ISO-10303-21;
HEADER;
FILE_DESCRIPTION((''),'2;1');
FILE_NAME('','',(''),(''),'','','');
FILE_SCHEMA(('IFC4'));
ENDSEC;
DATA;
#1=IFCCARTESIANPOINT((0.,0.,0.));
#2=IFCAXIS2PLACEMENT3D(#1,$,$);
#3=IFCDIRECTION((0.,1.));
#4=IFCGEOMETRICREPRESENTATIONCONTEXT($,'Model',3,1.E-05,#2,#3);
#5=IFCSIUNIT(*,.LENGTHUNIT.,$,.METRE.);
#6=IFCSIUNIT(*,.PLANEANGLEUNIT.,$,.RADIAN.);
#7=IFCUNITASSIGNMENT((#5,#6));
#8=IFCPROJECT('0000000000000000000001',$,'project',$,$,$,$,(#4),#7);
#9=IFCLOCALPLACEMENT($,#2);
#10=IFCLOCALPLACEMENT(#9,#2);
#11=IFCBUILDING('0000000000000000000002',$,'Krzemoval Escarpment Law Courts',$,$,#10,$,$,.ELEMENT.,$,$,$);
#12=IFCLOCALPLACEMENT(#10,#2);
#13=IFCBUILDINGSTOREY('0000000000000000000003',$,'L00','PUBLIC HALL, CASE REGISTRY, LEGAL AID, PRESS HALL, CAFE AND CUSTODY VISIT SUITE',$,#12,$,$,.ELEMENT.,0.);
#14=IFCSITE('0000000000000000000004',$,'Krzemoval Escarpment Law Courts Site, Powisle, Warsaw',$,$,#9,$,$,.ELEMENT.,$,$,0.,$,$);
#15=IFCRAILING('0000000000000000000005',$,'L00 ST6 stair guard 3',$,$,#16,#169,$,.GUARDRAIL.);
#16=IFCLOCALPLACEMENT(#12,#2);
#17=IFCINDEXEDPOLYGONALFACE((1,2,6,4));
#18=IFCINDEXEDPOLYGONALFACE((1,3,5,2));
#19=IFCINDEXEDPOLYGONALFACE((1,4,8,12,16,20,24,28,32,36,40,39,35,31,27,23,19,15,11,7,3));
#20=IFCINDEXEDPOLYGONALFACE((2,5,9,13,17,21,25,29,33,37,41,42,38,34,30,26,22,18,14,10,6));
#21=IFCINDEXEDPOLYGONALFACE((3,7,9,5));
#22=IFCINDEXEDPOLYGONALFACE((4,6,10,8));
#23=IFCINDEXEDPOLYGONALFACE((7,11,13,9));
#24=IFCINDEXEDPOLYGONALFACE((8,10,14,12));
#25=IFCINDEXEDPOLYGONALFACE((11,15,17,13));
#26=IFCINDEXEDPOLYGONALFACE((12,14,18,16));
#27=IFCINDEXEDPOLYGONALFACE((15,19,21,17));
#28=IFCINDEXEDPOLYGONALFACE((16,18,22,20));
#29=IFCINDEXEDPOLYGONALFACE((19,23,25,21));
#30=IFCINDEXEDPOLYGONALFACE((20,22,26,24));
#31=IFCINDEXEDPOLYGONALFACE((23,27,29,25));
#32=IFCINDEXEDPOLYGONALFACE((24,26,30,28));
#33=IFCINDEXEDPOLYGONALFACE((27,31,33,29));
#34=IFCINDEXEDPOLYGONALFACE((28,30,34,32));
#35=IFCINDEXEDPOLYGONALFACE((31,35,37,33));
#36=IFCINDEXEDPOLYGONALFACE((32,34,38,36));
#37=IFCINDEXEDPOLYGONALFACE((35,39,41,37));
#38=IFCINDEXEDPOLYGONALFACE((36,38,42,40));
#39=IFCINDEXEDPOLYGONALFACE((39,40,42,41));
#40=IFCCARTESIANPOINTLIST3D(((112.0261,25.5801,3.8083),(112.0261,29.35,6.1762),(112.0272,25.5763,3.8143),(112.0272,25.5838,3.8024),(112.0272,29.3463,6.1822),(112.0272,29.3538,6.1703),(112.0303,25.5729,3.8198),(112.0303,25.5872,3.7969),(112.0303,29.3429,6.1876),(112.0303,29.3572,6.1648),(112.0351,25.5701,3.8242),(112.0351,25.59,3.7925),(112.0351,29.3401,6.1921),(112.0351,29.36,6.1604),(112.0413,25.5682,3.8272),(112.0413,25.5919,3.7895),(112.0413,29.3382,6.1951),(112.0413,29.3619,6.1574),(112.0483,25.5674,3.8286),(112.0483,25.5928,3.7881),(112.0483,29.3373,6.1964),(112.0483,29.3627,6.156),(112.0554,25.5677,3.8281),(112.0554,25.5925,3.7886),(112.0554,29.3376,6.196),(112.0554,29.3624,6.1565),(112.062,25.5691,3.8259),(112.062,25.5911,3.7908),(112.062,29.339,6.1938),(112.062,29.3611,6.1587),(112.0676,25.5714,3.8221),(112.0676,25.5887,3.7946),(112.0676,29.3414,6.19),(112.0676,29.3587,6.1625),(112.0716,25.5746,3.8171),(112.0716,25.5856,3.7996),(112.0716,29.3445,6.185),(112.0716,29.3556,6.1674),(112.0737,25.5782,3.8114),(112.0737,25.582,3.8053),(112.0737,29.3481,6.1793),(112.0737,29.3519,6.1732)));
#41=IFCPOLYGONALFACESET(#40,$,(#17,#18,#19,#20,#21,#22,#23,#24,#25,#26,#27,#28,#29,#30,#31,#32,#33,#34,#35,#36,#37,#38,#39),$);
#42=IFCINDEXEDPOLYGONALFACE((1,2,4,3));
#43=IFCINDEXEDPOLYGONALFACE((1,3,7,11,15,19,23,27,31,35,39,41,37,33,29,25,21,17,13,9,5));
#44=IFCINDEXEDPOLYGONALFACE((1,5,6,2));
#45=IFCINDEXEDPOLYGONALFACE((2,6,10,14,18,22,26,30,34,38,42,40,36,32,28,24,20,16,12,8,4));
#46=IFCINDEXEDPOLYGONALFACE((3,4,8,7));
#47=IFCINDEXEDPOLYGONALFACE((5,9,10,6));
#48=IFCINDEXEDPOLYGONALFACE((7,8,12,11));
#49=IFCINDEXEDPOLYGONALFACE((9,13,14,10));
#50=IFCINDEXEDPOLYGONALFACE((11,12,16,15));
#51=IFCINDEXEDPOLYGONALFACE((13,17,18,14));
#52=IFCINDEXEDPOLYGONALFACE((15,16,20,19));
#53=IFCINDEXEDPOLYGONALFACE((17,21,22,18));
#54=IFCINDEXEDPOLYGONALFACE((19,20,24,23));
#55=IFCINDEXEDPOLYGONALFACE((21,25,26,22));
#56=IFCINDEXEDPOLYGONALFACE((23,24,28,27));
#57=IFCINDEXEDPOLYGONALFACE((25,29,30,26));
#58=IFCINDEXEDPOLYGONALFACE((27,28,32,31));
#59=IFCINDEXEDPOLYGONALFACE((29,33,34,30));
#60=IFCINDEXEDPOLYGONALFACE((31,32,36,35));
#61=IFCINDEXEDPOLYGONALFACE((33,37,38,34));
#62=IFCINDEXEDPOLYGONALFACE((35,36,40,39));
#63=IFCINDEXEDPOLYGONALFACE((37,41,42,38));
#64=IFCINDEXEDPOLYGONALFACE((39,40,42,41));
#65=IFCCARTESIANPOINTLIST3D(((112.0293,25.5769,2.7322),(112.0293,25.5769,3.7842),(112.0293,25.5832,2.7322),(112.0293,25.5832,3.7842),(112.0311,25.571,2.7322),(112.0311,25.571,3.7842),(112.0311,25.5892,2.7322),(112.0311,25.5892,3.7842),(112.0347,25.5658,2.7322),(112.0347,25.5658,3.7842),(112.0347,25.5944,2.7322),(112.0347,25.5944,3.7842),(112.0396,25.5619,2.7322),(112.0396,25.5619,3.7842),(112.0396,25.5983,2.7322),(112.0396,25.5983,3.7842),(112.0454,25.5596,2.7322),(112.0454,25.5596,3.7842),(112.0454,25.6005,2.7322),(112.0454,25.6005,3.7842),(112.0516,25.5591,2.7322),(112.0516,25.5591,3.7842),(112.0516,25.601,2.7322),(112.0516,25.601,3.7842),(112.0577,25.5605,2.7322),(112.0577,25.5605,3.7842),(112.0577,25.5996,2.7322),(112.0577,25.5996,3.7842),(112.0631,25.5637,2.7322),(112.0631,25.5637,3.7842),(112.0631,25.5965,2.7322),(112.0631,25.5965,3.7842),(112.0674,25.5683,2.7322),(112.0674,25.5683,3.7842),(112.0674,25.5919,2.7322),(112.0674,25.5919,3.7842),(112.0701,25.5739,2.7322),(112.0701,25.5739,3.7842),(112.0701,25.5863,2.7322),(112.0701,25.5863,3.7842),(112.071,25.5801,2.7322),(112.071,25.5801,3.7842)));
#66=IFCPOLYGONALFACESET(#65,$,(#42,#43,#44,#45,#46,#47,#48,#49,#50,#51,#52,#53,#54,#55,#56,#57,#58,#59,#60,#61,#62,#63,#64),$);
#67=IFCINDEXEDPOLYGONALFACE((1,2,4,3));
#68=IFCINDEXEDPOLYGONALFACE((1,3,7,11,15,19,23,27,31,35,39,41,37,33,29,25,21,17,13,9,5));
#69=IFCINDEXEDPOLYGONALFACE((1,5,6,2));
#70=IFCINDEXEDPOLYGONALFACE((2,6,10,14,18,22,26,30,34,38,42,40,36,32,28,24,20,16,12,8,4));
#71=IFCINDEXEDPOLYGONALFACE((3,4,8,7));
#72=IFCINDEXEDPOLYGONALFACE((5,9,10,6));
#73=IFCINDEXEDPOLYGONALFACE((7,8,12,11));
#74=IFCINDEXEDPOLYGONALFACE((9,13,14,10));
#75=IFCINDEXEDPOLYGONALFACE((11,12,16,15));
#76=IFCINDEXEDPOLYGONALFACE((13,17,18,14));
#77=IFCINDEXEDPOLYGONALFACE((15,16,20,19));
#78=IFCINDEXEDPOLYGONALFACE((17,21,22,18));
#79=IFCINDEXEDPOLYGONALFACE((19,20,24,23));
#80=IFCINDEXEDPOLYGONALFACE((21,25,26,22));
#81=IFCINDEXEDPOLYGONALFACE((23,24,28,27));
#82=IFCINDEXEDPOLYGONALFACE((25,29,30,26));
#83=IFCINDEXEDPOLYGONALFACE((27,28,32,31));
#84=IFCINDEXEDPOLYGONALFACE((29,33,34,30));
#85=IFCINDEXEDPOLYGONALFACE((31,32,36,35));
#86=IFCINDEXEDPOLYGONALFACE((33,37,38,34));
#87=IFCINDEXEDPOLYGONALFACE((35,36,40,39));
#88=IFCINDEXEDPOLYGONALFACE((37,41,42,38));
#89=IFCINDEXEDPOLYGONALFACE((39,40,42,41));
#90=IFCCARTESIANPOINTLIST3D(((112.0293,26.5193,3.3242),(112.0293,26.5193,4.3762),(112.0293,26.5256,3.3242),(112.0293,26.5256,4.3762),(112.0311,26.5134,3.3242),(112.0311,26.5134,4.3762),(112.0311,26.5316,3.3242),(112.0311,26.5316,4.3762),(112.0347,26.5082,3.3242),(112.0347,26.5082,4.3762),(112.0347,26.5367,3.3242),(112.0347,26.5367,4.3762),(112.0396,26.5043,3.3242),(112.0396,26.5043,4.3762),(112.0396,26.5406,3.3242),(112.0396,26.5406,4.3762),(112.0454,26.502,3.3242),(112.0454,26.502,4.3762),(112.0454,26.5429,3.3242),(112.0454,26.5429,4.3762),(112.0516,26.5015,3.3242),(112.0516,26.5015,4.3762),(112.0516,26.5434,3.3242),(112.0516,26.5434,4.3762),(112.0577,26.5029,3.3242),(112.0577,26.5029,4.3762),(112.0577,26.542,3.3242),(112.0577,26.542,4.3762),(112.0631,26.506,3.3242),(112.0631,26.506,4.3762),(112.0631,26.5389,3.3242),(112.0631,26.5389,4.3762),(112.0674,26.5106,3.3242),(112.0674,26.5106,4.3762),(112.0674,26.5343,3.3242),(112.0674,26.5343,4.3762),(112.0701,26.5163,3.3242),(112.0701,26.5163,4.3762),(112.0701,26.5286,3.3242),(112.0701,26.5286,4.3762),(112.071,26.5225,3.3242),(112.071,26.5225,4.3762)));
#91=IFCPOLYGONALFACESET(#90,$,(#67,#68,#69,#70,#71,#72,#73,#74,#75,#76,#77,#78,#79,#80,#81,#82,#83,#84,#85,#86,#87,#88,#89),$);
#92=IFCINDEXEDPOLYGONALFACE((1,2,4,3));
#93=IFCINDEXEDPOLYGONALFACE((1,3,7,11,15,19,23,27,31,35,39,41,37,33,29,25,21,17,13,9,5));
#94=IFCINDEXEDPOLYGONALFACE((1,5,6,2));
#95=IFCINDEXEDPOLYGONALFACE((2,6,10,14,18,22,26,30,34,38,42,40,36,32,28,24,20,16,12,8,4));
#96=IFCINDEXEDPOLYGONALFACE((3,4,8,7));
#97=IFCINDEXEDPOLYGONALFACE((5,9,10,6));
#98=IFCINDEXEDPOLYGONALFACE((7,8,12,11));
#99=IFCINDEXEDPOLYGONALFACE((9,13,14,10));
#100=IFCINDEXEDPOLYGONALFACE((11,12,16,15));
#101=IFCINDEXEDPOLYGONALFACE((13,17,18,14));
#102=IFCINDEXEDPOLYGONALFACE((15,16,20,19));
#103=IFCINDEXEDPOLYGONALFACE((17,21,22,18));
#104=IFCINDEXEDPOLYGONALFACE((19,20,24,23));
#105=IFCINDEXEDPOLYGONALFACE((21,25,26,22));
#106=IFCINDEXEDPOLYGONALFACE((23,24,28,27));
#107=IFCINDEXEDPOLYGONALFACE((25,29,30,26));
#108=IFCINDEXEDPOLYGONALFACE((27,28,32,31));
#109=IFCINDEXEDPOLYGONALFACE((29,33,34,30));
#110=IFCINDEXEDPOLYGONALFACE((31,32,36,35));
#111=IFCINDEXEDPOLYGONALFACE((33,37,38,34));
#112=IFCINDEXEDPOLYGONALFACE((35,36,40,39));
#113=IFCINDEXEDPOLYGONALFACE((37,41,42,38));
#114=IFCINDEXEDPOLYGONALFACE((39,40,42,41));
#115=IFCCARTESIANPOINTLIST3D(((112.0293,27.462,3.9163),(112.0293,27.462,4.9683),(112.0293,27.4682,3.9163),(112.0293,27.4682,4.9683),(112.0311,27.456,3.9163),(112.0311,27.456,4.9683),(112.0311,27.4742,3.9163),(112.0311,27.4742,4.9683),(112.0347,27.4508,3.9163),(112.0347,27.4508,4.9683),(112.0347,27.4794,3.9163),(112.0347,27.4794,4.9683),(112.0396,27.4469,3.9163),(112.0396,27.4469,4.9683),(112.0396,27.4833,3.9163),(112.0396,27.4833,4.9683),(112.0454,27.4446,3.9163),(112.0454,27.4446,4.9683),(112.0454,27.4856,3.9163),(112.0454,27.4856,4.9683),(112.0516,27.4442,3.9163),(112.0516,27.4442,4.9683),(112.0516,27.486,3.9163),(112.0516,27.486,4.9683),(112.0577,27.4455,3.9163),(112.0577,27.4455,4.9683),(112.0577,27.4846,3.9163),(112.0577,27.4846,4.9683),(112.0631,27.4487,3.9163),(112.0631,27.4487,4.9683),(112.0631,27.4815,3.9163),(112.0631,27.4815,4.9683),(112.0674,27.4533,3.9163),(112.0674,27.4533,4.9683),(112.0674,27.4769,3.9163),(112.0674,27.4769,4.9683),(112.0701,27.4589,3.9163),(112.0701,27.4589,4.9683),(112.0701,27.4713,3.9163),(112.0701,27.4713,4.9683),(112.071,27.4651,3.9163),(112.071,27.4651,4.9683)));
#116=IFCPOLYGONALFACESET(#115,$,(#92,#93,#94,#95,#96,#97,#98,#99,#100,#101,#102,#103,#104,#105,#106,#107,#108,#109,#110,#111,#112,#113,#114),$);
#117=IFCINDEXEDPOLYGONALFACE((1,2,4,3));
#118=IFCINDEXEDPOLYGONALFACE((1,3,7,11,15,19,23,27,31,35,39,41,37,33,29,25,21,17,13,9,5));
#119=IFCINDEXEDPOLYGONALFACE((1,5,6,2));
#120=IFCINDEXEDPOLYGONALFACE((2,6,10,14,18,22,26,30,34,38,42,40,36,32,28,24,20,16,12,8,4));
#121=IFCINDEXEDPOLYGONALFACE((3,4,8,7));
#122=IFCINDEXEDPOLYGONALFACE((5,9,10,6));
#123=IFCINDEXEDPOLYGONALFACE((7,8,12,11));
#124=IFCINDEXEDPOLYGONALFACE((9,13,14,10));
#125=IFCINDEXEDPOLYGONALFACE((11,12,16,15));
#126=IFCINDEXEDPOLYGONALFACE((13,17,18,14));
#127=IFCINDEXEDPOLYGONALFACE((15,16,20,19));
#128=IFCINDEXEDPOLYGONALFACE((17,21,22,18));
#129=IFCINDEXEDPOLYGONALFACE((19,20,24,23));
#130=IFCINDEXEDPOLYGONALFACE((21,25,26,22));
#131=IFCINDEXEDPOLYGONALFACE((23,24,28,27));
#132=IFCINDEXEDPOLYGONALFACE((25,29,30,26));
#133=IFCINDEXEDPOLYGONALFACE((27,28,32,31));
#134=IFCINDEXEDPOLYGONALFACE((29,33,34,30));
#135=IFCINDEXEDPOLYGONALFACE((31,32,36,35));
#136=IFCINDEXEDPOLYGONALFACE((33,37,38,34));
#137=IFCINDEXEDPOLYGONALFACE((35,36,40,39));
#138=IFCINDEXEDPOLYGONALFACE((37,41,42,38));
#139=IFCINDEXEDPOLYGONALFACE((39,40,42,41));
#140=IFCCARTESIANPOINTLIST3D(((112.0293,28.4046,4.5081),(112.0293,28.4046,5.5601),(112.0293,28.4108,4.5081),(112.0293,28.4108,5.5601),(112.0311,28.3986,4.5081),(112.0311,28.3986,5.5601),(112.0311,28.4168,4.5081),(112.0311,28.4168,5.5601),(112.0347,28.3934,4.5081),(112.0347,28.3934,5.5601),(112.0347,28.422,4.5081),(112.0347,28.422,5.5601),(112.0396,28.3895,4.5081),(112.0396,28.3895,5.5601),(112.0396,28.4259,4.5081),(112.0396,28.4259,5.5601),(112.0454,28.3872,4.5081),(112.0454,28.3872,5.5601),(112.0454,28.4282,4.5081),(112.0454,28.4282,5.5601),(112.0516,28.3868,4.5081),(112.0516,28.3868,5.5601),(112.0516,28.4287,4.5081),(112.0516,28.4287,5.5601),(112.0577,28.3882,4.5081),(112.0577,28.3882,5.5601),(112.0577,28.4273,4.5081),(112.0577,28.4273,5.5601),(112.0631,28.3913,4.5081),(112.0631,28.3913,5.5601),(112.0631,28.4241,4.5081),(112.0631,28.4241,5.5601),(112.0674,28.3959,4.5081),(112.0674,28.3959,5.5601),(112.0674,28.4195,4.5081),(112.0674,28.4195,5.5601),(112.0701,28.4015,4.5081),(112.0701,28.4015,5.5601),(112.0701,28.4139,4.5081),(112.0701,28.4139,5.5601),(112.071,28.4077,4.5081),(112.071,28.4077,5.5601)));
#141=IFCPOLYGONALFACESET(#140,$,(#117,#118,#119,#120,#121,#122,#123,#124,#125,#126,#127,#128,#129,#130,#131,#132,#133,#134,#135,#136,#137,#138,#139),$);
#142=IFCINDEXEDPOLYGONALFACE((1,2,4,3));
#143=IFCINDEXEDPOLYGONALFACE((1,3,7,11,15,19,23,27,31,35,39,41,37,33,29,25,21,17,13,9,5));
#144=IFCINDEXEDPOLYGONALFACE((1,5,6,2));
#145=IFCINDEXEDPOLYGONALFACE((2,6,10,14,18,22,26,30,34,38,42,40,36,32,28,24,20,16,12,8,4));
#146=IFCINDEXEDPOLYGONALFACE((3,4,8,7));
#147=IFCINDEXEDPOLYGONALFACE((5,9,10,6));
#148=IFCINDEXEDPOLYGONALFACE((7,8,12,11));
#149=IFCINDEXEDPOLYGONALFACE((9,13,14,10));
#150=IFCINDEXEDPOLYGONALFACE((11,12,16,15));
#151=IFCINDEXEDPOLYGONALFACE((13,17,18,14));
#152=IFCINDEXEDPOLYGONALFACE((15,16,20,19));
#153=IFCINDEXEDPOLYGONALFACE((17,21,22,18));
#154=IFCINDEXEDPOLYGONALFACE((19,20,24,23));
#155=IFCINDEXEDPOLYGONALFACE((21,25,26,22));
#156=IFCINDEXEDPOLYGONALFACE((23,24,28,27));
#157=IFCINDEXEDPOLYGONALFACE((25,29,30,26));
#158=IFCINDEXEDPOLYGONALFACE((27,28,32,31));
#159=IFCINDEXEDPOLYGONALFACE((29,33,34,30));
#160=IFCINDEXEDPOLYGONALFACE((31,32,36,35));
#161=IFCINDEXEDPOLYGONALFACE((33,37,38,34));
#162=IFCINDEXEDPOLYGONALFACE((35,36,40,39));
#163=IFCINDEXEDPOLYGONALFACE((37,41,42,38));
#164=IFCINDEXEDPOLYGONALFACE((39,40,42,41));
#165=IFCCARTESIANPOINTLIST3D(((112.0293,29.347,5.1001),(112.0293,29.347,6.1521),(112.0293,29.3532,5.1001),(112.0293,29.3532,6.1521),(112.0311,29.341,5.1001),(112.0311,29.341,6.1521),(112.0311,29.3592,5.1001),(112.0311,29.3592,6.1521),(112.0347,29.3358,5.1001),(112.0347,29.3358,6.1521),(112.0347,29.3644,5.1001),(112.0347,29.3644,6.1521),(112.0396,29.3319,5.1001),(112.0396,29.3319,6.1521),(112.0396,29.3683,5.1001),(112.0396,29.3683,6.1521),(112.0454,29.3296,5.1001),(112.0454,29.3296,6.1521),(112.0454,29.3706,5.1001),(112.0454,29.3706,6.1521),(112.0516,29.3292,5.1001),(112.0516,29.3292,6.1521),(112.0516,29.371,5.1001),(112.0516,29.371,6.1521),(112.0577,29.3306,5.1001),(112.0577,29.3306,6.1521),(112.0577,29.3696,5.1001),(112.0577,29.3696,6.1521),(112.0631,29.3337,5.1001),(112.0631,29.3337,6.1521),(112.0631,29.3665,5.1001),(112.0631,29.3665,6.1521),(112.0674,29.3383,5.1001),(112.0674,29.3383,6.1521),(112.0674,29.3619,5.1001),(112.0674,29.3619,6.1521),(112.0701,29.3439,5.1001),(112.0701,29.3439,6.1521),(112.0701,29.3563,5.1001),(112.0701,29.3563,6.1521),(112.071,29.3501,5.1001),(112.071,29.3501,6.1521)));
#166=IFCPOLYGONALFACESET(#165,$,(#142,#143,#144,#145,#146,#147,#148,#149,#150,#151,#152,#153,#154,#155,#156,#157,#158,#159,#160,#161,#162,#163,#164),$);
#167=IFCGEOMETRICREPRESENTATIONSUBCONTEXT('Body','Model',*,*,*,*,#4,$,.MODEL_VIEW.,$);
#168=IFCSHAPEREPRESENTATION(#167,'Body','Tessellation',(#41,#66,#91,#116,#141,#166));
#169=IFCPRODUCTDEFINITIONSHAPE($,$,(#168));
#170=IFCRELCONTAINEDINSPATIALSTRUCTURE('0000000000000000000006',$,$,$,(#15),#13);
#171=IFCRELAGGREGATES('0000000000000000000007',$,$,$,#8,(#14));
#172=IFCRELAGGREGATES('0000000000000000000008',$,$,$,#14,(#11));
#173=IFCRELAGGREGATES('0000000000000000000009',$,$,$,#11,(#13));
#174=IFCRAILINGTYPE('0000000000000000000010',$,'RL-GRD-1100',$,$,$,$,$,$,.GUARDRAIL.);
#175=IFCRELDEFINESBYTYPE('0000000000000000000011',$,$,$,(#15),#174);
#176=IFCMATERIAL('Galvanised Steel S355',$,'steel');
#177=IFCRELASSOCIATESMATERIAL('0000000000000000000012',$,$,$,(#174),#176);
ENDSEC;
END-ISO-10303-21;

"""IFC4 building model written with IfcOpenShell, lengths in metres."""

from ifc_helpers import new_model, si_unit, direction, frame, origin, origin_2d, place, context, subcontext, project, spatial, circle, extrude, material, type_object, element, save


model = new_model("IFC4")

# Units and contexts
model_context = context("Model", 3, precision=1e-05, world=origin(), true_north=direction((0.0, 1.0)))
body_context = subcontext(model_context, "Body", "Model", "MODEL_VIEW")
ifc_project = project(units=[si_unit("LENGTHUNIT", "METRE"), si_unit("PLANEANGLEUNIT", "RADIAN")], contexts=[model_context])

# Site, building, storey
site_placement = place(None, origin())
site = spatial("IfcSite", under=ifc_project, at=site_placement, Name="Krzemoval Escarpment Law Courts Site, Powisle, Warsaw", CompositionType="ELEMENT", RefElevation=0.0)
building_placement = place(site_placement, origin())
building = spatial("IfcBuilding", under=site, at=building_placement, Name="Krzemoval Escarpment Law Courts", CompositionType="ELEMENT")
storey_placement = place(building_placement, origin())
storey = spatial("IfcBuildingStorey", under=building, at=storey_placement, Name="L00", Description="PUBLIC HALL, CASE REGISTRY, LEGAL AID, PRESS HALL, CAFE AND CUSTODY VISIT SUITE", CompositionType="ELEMENT", Elevation=0.0)

# Railing
ifc_material_1 = material(Name="Galvanised Steel S355", Category="steel")
railing_type = type_object("IfcRailingType", Name="RL-GRD-1100", PredefinedType="GUARDRAIL", material=ifc_material_1)
railing_1_placement = place(storey_placement, frame((112.05, 25.5801, 2.7322)))
element("IfcRailing", 1, at=railing_1_placement, inside=storey, type_object=railing_type, Name="L00 ST6 stair guard 3", PredefinedType="GUARDRAIL", context=body_context, shape_type="SweptSolid", body=[
    extrude(circle(Radius=0.0239, at=origin_2d()), frame((0.0, 0.0, 1.0762), z_axis=(0.0, 0.846819, 0.531881), x_axis=(-1.0, 0.0, 0.0)), (0.0, 0.0, 1.0), 4.4519),
    extrude(circle(Radius=0.021, at=origin_2d()), origin(), (0.0, 0.0, 1.0), 1.052),
    extrude(circle(Radius=0.021, at=origin_2d()), frame((0.0, 0.9424, 0.592)), (0.0, 0.0, 1.0), 1.052),
    extrude(circle(Radius=0.021, at=origin_2d()), frame((0.0, 1.885, 1.1841)), (0.0, 0.0, 1.0), 1.052),
    extrude(circle(Radius=0.021, at=origin_2d()), frame((0.0, 2.8276, 1.7759)), (0.0, 0.0, 1.0), 1.052),
    extrude(circle(Radius=0.021, at=origin_2d()), frame((0.0, 3.77, 2.3679)), (0.0, 0.0, 1.0), 1.052),
])

save(model, "model.ifc")
